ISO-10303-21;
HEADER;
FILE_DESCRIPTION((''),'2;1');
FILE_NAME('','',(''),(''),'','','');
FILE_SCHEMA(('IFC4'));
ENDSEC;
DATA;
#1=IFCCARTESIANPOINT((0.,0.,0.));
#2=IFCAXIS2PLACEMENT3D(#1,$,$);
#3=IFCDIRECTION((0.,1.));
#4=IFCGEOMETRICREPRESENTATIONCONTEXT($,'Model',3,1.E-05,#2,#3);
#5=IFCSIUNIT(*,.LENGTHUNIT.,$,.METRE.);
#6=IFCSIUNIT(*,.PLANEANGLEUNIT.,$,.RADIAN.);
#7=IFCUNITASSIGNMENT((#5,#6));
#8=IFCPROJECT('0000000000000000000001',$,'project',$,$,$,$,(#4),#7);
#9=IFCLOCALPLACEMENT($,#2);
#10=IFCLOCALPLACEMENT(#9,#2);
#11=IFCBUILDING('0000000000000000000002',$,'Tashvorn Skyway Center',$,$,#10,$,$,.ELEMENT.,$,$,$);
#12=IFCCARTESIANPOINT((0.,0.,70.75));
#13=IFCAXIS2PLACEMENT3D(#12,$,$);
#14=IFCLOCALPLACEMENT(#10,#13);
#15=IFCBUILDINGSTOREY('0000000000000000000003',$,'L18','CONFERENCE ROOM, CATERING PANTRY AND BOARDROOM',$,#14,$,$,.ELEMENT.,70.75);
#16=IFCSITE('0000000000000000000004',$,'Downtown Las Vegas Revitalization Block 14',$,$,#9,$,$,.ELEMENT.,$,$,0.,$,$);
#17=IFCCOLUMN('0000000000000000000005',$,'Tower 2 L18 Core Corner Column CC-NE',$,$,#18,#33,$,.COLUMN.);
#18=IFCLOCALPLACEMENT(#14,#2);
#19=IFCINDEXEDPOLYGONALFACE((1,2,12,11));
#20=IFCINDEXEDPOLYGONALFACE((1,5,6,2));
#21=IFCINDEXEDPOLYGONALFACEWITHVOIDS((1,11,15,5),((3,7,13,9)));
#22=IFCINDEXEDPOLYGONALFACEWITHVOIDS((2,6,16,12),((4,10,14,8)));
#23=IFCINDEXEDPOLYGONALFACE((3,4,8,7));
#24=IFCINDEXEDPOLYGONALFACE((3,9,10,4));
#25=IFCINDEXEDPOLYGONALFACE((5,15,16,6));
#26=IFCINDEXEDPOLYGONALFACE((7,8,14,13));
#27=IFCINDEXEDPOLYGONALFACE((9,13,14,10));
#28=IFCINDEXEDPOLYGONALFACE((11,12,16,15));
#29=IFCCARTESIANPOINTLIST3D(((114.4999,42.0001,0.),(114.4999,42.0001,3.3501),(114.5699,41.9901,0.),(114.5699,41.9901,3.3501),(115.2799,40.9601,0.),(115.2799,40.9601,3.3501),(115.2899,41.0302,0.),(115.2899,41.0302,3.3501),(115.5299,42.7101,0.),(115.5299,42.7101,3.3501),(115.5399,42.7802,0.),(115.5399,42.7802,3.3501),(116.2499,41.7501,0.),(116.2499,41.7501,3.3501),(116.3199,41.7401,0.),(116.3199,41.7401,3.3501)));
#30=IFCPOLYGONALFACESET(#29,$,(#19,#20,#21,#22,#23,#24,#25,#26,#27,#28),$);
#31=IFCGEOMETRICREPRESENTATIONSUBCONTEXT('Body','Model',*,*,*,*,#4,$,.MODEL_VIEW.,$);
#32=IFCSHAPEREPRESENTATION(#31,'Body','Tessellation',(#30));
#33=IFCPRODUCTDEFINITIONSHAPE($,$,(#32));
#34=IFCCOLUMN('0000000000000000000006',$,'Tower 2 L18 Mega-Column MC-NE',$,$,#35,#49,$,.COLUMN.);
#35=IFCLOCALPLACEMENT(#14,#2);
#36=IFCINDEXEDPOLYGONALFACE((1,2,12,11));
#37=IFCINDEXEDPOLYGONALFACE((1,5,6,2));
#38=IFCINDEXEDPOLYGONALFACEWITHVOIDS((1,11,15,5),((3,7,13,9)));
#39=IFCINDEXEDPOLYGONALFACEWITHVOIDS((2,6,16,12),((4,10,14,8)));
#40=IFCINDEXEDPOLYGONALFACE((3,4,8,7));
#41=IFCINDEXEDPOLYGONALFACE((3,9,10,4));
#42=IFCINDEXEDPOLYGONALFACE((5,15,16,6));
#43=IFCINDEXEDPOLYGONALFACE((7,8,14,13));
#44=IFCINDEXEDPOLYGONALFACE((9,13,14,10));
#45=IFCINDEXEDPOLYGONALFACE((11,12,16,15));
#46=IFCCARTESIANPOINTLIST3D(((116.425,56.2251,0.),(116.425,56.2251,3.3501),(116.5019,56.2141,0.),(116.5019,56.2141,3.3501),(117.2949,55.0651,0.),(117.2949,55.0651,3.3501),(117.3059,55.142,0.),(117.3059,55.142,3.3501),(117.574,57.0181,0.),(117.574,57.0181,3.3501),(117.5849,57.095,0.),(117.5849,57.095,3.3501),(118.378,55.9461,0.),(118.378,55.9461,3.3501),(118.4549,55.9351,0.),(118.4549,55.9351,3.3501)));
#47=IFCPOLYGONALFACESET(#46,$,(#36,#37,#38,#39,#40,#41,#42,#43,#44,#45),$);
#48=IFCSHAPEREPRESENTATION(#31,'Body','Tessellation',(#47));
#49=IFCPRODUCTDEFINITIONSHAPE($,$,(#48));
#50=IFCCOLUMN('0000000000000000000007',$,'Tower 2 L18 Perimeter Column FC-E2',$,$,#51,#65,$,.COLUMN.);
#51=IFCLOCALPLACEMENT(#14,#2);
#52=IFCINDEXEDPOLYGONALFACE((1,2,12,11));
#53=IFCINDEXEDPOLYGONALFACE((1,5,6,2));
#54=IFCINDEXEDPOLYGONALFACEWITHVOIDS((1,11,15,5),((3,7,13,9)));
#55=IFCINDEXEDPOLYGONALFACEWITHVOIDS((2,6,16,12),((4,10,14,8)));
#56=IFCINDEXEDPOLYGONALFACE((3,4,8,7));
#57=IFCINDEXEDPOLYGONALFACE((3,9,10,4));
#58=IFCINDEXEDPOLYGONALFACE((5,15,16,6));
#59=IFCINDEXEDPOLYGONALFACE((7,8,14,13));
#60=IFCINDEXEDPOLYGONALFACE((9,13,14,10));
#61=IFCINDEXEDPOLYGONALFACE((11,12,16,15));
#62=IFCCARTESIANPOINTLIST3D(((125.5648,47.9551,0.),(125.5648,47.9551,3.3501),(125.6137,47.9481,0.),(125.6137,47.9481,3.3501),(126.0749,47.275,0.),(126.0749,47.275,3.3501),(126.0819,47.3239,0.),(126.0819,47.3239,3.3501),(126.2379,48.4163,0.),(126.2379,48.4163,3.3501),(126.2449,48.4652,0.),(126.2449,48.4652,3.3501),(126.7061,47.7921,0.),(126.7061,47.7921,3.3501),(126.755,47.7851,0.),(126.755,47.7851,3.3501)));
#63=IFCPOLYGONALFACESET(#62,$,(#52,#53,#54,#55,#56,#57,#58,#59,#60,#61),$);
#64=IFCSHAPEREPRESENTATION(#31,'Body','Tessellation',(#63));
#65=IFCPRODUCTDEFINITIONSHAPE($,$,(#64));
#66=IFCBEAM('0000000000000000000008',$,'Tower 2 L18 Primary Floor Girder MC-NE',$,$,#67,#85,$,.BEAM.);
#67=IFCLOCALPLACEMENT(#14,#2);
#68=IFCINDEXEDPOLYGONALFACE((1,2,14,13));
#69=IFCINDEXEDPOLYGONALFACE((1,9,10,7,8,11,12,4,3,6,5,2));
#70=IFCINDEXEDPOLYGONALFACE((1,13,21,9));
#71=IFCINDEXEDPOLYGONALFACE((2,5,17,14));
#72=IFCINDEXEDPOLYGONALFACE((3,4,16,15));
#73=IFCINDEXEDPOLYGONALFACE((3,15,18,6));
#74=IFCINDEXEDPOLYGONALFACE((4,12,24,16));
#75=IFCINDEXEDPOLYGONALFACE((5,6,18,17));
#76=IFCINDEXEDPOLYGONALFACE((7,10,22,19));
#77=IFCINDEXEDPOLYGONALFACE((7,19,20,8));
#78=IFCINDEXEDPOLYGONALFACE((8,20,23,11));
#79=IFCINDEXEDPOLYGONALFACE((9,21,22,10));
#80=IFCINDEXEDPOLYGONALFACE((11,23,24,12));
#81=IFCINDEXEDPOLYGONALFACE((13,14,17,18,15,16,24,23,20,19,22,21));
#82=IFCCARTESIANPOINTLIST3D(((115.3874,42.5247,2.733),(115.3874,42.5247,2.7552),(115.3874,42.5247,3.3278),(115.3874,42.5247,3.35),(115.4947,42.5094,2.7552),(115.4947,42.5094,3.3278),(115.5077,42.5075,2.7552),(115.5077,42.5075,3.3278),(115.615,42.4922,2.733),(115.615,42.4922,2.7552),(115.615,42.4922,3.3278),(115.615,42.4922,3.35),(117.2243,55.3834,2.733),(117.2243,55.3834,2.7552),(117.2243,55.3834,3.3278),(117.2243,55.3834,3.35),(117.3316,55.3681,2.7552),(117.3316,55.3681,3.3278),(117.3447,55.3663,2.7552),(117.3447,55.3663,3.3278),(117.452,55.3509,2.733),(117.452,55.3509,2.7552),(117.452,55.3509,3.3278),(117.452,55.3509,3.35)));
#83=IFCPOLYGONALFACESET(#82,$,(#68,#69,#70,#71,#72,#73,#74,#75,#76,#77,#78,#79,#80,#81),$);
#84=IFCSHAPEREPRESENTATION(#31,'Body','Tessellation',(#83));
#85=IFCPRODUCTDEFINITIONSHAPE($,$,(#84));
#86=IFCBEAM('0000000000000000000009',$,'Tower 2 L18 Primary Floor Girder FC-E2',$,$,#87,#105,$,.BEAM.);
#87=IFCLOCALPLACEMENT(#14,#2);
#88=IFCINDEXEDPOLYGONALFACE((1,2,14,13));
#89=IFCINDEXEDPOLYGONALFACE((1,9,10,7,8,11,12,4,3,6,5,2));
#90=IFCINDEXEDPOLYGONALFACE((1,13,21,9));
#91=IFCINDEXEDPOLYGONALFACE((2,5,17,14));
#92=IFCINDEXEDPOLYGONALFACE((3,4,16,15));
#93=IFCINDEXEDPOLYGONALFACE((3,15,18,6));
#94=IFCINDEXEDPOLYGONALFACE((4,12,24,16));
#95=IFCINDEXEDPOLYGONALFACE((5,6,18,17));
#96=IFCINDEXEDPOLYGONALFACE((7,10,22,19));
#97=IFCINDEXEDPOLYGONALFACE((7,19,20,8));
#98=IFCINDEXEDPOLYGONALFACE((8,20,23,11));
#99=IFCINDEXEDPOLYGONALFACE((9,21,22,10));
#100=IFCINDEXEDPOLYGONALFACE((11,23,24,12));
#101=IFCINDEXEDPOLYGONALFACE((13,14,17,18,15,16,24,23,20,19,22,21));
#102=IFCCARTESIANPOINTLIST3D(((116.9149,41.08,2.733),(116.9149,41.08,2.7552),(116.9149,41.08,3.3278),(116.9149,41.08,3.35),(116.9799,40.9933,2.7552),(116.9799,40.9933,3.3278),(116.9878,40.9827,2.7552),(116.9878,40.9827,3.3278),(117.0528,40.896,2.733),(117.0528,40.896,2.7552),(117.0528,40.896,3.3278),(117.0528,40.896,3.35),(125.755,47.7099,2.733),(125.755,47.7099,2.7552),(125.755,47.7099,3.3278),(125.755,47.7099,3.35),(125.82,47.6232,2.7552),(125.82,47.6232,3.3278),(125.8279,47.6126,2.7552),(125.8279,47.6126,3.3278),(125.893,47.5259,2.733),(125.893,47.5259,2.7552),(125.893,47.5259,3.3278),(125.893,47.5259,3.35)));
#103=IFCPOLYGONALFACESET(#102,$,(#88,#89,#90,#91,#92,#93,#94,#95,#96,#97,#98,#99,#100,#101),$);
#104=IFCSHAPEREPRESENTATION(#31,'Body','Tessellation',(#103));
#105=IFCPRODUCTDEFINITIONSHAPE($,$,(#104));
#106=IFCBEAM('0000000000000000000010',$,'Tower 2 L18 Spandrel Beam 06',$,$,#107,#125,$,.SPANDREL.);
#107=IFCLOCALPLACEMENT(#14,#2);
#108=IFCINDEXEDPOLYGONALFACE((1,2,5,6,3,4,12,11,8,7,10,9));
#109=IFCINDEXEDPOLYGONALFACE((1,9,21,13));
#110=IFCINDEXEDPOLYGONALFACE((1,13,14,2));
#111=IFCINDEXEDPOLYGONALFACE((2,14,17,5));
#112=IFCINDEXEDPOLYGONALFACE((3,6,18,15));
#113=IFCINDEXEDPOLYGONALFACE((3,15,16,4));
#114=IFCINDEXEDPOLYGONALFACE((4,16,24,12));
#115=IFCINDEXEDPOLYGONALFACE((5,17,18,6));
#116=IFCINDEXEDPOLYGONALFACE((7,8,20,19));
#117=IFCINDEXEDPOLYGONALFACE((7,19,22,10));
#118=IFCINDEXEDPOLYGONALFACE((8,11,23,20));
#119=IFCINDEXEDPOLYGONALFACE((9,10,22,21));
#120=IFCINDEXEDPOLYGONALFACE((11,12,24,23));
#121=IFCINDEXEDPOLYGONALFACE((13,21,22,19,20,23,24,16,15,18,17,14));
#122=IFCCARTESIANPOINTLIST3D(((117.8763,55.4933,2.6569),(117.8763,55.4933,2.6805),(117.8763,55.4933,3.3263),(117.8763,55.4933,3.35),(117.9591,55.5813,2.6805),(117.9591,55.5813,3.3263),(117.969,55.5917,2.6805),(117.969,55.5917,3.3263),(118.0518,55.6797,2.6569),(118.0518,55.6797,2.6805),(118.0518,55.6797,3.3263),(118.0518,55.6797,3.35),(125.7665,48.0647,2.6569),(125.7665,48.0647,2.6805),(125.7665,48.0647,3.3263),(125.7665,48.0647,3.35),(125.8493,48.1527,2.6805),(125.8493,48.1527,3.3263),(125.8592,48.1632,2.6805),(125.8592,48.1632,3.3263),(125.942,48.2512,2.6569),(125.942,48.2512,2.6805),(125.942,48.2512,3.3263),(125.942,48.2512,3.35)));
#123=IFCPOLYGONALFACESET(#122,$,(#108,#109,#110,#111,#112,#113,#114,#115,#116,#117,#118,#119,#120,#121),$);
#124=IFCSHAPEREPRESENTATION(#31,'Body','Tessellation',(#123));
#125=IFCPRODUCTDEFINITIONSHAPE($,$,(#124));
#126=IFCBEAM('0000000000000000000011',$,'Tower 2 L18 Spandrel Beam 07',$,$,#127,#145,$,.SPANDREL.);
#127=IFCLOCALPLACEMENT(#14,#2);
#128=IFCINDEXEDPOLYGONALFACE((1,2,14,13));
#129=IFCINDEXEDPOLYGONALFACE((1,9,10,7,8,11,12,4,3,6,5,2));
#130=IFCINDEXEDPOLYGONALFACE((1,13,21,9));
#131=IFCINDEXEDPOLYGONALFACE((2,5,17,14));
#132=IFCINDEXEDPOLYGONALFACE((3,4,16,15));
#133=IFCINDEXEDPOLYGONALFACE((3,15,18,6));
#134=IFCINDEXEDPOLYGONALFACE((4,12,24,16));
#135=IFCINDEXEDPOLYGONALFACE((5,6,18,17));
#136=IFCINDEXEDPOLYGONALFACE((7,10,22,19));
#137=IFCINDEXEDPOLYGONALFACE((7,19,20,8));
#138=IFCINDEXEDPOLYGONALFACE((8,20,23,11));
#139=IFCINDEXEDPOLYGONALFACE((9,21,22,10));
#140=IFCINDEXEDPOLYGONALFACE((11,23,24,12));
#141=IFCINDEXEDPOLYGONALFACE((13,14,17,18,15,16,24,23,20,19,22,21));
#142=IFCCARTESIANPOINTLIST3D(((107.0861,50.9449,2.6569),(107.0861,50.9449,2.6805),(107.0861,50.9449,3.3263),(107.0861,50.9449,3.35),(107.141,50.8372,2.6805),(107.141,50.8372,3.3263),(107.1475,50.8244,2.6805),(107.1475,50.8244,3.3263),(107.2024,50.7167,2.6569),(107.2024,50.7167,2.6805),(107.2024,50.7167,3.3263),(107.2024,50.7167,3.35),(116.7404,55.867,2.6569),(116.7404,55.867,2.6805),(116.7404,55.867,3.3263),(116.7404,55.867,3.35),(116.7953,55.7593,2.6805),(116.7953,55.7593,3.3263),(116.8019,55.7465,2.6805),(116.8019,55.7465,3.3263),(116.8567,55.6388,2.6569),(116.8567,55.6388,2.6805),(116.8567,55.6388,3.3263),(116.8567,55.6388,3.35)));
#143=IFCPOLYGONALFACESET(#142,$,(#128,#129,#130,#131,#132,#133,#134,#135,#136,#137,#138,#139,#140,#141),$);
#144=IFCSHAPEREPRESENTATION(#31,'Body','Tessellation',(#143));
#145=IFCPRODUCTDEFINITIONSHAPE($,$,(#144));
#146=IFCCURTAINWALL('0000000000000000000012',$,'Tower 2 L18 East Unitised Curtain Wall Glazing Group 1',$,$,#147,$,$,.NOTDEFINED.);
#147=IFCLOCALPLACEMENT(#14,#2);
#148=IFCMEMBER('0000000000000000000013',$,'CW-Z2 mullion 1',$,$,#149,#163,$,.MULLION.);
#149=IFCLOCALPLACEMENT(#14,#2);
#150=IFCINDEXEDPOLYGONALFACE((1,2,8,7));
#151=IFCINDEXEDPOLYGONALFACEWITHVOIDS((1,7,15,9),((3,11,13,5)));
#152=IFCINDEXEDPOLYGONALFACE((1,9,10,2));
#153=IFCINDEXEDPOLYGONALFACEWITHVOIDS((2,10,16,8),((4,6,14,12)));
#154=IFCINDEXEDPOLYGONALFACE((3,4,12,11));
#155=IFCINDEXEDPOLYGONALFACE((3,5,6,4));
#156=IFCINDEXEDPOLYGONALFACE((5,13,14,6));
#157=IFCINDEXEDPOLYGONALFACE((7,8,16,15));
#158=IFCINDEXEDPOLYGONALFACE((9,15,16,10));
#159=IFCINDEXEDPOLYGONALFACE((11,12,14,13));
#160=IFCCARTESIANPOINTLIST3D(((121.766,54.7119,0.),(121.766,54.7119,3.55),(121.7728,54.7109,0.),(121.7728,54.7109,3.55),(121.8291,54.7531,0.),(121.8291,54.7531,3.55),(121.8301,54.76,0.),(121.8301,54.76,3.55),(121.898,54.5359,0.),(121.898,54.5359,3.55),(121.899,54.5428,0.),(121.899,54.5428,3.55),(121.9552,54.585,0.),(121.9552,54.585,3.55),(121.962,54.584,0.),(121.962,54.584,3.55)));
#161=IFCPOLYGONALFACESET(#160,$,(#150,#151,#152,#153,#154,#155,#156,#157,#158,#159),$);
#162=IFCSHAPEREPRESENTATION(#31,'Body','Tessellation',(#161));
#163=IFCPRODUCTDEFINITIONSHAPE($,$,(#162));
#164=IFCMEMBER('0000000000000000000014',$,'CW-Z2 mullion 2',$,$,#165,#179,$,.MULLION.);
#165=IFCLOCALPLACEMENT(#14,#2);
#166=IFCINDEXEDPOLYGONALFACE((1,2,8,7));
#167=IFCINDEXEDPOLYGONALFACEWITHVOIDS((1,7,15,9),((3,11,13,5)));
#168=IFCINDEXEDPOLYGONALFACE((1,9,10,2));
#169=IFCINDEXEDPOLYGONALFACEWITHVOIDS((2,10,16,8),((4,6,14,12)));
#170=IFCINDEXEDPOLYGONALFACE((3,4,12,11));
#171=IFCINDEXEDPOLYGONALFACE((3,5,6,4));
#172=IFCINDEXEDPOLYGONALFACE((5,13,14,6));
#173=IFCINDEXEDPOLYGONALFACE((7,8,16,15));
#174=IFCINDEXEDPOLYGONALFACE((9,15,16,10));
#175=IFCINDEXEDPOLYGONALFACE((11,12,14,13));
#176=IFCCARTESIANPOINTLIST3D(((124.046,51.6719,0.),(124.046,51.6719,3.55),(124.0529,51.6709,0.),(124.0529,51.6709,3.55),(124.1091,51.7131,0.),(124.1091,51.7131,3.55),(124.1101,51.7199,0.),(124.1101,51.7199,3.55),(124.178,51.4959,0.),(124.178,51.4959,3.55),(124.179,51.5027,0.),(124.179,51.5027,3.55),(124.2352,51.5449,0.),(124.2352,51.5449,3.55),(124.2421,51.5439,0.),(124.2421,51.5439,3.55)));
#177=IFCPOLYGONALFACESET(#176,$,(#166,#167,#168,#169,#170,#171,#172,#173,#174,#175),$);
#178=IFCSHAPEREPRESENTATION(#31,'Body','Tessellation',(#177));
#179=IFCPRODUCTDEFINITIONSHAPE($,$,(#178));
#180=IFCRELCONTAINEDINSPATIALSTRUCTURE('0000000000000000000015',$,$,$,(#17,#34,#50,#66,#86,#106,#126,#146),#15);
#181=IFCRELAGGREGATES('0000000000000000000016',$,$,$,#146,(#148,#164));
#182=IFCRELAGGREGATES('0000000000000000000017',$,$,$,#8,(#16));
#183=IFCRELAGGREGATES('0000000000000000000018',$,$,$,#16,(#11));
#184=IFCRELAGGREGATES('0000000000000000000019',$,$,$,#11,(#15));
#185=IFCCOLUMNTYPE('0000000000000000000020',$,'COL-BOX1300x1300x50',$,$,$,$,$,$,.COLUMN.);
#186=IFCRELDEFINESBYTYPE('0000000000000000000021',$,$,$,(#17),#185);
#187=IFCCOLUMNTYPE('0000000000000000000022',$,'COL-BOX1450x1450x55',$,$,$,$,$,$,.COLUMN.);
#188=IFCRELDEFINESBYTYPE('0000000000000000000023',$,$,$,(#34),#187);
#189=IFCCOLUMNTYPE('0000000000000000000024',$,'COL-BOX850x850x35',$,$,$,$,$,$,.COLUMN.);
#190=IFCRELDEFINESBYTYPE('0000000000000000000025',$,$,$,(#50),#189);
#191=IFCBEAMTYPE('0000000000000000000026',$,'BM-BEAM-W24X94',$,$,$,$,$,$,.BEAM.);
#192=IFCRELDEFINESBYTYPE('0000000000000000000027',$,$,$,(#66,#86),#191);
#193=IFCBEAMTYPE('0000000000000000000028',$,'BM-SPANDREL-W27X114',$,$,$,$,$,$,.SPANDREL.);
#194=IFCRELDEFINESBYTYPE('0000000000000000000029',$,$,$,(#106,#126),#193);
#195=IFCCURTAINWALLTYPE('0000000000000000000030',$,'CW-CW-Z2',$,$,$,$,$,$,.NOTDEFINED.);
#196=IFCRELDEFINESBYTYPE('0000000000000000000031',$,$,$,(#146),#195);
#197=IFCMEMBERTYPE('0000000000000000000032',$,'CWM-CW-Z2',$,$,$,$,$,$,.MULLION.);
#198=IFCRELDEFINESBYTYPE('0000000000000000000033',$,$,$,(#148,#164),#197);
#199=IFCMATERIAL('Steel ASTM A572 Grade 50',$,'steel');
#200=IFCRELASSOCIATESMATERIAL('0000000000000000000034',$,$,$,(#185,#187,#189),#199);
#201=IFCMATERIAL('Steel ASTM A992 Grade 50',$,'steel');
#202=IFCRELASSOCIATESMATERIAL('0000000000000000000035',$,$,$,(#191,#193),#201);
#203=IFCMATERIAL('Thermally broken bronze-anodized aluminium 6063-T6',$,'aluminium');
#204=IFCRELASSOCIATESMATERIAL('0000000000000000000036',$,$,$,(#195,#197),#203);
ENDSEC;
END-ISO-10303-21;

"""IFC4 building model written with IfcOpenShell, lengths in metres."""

from ifc_helpers import new_model, si_unit, direction, frame, origin, origin_2d, place, context, subcontext, project, spatial, hollow_rectangle, i_section, extrude, material, material_profile, profile_set, type_object, element, aggregate, save


model = new_model("IFC4")

# Units and contexts
model_context = context("Model", 3, precision=1e-05, world=origin(), true_north=direction((0.0, 1.0)))
body_context = subcontext(model_context, "Body", "Model", "MODEL_VIEW")
ifc_project = project(units=[si_unit("LENGTHUNIT", "METRE"), si_unit("PLANEANGLEUNIT", "RADIAN")], contexts=[model_context])

# Site, building, storey
site_placement = place(None, origin())
site = spatial("IfcSite", under=ifc_project, at=site_placement, Name="Downtown Las Vegas Revitalization Block 14", CompositionType="ELEMENT", RefElevation=0.0)
building_placement = place(site_placement, origin())
building = spatial("IfcBuilding", under=site, at=building_placement, Name="Tashvorn Skyway Center", CompositionType="ELEMENT")
storey_placement = place(building_placement, frame((0.0, 0.0, 70.75)))
storey = spatial("IfcBuildingStorey", under=building, at=storey_placement, Name="L18", Description="CONFERENCE ROOM, CATERING PANTRY AND BOARDROOM", CompositionType="ELEMENT", Elevation=70.75)

# Columns
ifc_material_1 = material(Name="Steel ASTM A572 Grade 50", Category="steel")
ifc_material_profile_1 = material_profile(ifc_material_1, hollow_rectangle(XDim=1.3, YDim=1.3, WallThickness=0.05, at=origin_2d()), Name="BOX1300x1300x50")
ifc_profile_set_1 = profile_set([ifc_material_profile_1], Name="Steel ASTM A572 Grade 50")
column_type_1 = type_object("IfcColumnType", Name="COL-BOX1300x1300x50", PredefinedType="COLUMN", material=ifc_profile_set_1)
column_1_placement = place(storey_placement, frame((115.4099, 41.8701, 0.0), z_axis=(0.0, 0.0, 1.0), x_axis=(0.8, 0.6, 0.0)))
element("IfcColumn", 1, at=column_1_placement, inside=storey, type_object=column_type_1, Name="Tower 2 L18 Core Corner Column CC-NE", PredefinedType="COLUMN", context=body_context, shape_type="SweptSolid", body=[
    extrude(hollow_rectangle(XDim=1.3, YDim=1.3, WallThickness=0.05, at=origin_2d()), origin(), (0.0, 0.0, 1.0), 3.3501),
])
ifc_material_profile_2 = material_profile(ifc_material_1, hollow_rectangle(XDim=1.45, YDim=1.45, WallThickness=0.0549, at=origin_2d()), Name="BOX1450x1450x55")
ifc_profile_set_2 = profile_set([ifc_material_profile_2], Name="Steel ASTM A572 Grade 50")
column_type_2 = type_object("IfcColumnType", Name="COL-BOX1450x1450x55", PredefinedType="COLUMN", material=ifc_profile_set_2)
column_2_placement = place(storey_placement, frame((117.4399, 56.0801, 0.0), z_axis=(0.0, 0.0, 1.0), x_axis=(0.8, 0.6, 0.0)))
element("IfcColumn", 2, at=column_2_placement, inside=storey, type_object=column_type_2, Name="Tower 2 L18 Mega-Column MC-NE", PredefinedType="COLUMN", context=body_context, shape_type="SweptSolid", body=[
    extrude(hollow_rectangle(XDim=1.45, YDim=1.45, WallThickness=0.0549, at=origin_2d()), origin(), (0.0, 0.0, 1.0), 3.3501),
])
ifc_material_profile_3 = material_profile(ifc_material_1, hollow_rectangle(XDim=0.8501, YDim=0.8501, WallThickness=0.0349, at=origin_2d()), Name="BOX850x850x35")
ifc_profile_set_3 = profile_set([ifc_material_profile_3], Name="Steel ASTM A572 Grade 50")
column_type_3 = type_object("IfcColumnType", Name="COL-BOX850x850x35", PredefinedType="COLUMN", material=ifc_profile_set_3)
column_3_placement = place(storey_placement, frame((126.1599, 47.8701, 0.0), z_axis=(0.0, 0.0, 1.0), x_axis=(0.8, 0.6, 0.0)))
element("IfcColumn", 3, at=column_3_placement, inside=storey, type_object=column_type_3, Name="Tower 2 L18 Perimeter Column FC-E2", PredefinedType="COLUMN", context=body_context, shape_type="SweptSolid", body=[
    extrude(hollow_rectangle(XDim=0.8501, YDim=0.8501, WallThickness=0.0349, at=origin_2d()), origin(), (0.0, 0.0, 1.0), 3.3501),
])

# Beams
ifc_material_2 = material(Name="Steel ASTM A992 Grade 50", Category="steel")
ifc_material_profile_4 = material_profile(ifc_material_2, i_section(OverallWidth=0.23, OverallDepth=0.6169, WebThickness=0.0132, FlangeThickness=0.0222, at=origin_2d()), Name="W24X94")
ifc_profile_set_4 = profile_set([ifc_material_profile_4], Name="Steel ASTM A992 Grade 50")
beam_type_1 = type_object("IfcBeamType", Name="BM-BEAM-W24X94", PredefinedType="BEAM", material=ifc_profile_set_4)
beam_1_placement = place(storey_placement, frame((117.3381, 55.3672, 3.0415), z_axis=(-0.141419, -0.98995, 0.0), x_axis=(0.98995, -0.141419, 0.0)))
element("IfcBeam", 4, at=beam_1_placement, inside=storey, type_object=beam_type_1, Name="Tower 2 L18 Primary Floor Girder MC-NE", PredefinedType="BEAM", context=body_context, shape_type="SweptSolid", body=[
    extrude(i_section(OverallWidth=0.23, OverallDepth=0.6169, WebThickness=0.0132, FlangeThickness=0.0222, at=origin_2d()), origin(), (0.0, 0.0, 1.0), 12.9893),
])
beam_2_placement = place(storey_placement, frame((125.824, 47.6179, 3.0415), z_axis=(-0.800008, -0.599989, 0.0), x_axis=(0.599989, -0.800008, 0.0)))
element("IfcBeam", 5, at=beam_2_placement, inside=storey, type_object=beam_type_1, Name="Tower 2 L18 Primary Floor Girder FC-E2", PredefinedType="BEAM", context=body_context, shape_type="SweptSolid", body=[
    extrude(i_section(OverallWidth=0.23, OverallDepth=0.6169, WebThickness=0.0132, FlangeThickness=0.0222, at=origin_2d()), origin(), (0.0, 0.0, 1.0), 11.05),
])
ifc_material_profile_5 = material_profile(ifc_material_2, i_section(OverallWidth=0.2561, OverallDepth=0.6931, WebThickness=0.0144, FlangeThickness=0.0237, at=origin_2d()), Name="W27X114")
ifc_profile_set_5 = profile_set([ifc_material_profile_5], Name="Steel ASTM A992 Grade 50")
beam_type_2 = type_object("IfcBeamType", Name="BM-SPANDREL-W27X114", PredefinedType="SPANDREL", material=ifc_profile_set_5)
beam_3_placement = place(storey_placement, frame((125.8542, 48.158, 3.0034), z_axis=(-0.728087, 0.685485, 0.0), x_axis=(-0.685485, -0.728087, 0.0)))
element("IfcBeam", 6, at=beam_3_placement, inside=storey, type_object=beam_type_2, Name="Tower 2 L18 Spandrel Beam 06", PredefinedType="SPANDREL", context=body_context, shape_type="SweptSolid", body=[
    extrude(i_section(OverallWidth=0.2561, OverallDepth=0.6931, WebThickness=0.0144, FlangeThickness=0.0237, at=origin_2d()), origin(), (0.0, 0.0, 1.0), 10.8369),
])
beam_4_placement = place(storey_placement, frame((116.7986, 55.7529, 3.0034), z_axis=(-0.890894, -0.454211, 0.0), x_axis=(0.454211, -0.890894, 0.0)))
element("IfcBeam", 7, at=beam_4_placement, inside=storey, type_object=beam_type_2, Name="Tower 2 L18 Spandrel Beam 07", PredefinedType="SPANDREL", context=body_context, shape_type="SweptSolid", body=[
    extrude(i_section(OverallWidth=0.2561, OverallDepth=0.6931, WebThickness=0.0144, FlangeThickness=0.0237, at=origin_2d()), origin(), (0.0, 0.0, 1.0), 10.8367),
])

# Curtain wall, members
ifc_material_3 = material(Name="Thermally broken bronze-anodized aluminium 6063-T6", Category="aluminium")
curtain_wall_type = type_object("IfcCurtainWallType", Name="CW-CW-Z2", PredefinedType="NOTDEFINED", material=ifc_material_3)
curtain_wall_1_placement = place(storey_placement, origin())
curtain_wall_1 = element("IfcCurtainWall", 8, at=curtain_wall_1_placement, inside=storey, type_object=curtain_wall_type, Name="Tower 2 L18 East Unitised Curtain Wall Glazing Group 1", PredefinedType="NOTDEFINED")
ifc_material_profile_6 = material_profile(ifc_material_3, hollow_rectangle(XDim=0.0801, YDim=0.22, WallThickness=0.0049, at=origin_2d()), Name="ALU-MULL-80x220")
ifc_profile_set_6 = profile_set([ifc_material_profile_6], Name="Thermally broken bronze-anodized aluminium 6063-T6")
member_type_1 = type_object("IfcMemberType", Name="CWM-CW-Z2", PredefinedType="MULLION", material=ifc_profile_set_6)
member_1_placement = place(storey_placement, frame((121.864, 54.6479, 0.0), z_axis=(0.0, 0.0, 1.0), x_axis=(0.8, 0.6, 0.0)))
member_1 = element("IfcMember", 9, at=member_1_placement, type_object=member_type_1, Name="CW-Z2 mullion 1", PredefinedType="MULLION", context=body_context, shape_type="SweptSolid", body=[
    extrude(hollow_rectangle(XDim=0.0801, YDim=0.22, WallThickness=0.0049, at=origin_2d()), origin(), (0.0, 0.0, 1.0), 3.55),
])
member_2_placement = place(storey_placement, frame((124.144, 51.6079, 0.0), z_axis=(0.0, 0.0, 1.0), x_axis=(0.8, 0.6, 0.0)))
member_2 = element("IfcMember", 10, at=member_2_placement, type_object=member_type_1, Name="CW-Z2 mullion 2", PredefinedType="MULLION", context=body_context, shape_type="SweptSolid", body=[
    extrude(hollow_rectangle(XDim=0.0801, YDim=0.22, WallThickness=0.0049, at=origin_2d()), origin(), (0.0, 0.0, 1.0), 3.55),
])

aggregate(curtain_wall_1, [member_1, member_2])

save(model, "model.ifc")
